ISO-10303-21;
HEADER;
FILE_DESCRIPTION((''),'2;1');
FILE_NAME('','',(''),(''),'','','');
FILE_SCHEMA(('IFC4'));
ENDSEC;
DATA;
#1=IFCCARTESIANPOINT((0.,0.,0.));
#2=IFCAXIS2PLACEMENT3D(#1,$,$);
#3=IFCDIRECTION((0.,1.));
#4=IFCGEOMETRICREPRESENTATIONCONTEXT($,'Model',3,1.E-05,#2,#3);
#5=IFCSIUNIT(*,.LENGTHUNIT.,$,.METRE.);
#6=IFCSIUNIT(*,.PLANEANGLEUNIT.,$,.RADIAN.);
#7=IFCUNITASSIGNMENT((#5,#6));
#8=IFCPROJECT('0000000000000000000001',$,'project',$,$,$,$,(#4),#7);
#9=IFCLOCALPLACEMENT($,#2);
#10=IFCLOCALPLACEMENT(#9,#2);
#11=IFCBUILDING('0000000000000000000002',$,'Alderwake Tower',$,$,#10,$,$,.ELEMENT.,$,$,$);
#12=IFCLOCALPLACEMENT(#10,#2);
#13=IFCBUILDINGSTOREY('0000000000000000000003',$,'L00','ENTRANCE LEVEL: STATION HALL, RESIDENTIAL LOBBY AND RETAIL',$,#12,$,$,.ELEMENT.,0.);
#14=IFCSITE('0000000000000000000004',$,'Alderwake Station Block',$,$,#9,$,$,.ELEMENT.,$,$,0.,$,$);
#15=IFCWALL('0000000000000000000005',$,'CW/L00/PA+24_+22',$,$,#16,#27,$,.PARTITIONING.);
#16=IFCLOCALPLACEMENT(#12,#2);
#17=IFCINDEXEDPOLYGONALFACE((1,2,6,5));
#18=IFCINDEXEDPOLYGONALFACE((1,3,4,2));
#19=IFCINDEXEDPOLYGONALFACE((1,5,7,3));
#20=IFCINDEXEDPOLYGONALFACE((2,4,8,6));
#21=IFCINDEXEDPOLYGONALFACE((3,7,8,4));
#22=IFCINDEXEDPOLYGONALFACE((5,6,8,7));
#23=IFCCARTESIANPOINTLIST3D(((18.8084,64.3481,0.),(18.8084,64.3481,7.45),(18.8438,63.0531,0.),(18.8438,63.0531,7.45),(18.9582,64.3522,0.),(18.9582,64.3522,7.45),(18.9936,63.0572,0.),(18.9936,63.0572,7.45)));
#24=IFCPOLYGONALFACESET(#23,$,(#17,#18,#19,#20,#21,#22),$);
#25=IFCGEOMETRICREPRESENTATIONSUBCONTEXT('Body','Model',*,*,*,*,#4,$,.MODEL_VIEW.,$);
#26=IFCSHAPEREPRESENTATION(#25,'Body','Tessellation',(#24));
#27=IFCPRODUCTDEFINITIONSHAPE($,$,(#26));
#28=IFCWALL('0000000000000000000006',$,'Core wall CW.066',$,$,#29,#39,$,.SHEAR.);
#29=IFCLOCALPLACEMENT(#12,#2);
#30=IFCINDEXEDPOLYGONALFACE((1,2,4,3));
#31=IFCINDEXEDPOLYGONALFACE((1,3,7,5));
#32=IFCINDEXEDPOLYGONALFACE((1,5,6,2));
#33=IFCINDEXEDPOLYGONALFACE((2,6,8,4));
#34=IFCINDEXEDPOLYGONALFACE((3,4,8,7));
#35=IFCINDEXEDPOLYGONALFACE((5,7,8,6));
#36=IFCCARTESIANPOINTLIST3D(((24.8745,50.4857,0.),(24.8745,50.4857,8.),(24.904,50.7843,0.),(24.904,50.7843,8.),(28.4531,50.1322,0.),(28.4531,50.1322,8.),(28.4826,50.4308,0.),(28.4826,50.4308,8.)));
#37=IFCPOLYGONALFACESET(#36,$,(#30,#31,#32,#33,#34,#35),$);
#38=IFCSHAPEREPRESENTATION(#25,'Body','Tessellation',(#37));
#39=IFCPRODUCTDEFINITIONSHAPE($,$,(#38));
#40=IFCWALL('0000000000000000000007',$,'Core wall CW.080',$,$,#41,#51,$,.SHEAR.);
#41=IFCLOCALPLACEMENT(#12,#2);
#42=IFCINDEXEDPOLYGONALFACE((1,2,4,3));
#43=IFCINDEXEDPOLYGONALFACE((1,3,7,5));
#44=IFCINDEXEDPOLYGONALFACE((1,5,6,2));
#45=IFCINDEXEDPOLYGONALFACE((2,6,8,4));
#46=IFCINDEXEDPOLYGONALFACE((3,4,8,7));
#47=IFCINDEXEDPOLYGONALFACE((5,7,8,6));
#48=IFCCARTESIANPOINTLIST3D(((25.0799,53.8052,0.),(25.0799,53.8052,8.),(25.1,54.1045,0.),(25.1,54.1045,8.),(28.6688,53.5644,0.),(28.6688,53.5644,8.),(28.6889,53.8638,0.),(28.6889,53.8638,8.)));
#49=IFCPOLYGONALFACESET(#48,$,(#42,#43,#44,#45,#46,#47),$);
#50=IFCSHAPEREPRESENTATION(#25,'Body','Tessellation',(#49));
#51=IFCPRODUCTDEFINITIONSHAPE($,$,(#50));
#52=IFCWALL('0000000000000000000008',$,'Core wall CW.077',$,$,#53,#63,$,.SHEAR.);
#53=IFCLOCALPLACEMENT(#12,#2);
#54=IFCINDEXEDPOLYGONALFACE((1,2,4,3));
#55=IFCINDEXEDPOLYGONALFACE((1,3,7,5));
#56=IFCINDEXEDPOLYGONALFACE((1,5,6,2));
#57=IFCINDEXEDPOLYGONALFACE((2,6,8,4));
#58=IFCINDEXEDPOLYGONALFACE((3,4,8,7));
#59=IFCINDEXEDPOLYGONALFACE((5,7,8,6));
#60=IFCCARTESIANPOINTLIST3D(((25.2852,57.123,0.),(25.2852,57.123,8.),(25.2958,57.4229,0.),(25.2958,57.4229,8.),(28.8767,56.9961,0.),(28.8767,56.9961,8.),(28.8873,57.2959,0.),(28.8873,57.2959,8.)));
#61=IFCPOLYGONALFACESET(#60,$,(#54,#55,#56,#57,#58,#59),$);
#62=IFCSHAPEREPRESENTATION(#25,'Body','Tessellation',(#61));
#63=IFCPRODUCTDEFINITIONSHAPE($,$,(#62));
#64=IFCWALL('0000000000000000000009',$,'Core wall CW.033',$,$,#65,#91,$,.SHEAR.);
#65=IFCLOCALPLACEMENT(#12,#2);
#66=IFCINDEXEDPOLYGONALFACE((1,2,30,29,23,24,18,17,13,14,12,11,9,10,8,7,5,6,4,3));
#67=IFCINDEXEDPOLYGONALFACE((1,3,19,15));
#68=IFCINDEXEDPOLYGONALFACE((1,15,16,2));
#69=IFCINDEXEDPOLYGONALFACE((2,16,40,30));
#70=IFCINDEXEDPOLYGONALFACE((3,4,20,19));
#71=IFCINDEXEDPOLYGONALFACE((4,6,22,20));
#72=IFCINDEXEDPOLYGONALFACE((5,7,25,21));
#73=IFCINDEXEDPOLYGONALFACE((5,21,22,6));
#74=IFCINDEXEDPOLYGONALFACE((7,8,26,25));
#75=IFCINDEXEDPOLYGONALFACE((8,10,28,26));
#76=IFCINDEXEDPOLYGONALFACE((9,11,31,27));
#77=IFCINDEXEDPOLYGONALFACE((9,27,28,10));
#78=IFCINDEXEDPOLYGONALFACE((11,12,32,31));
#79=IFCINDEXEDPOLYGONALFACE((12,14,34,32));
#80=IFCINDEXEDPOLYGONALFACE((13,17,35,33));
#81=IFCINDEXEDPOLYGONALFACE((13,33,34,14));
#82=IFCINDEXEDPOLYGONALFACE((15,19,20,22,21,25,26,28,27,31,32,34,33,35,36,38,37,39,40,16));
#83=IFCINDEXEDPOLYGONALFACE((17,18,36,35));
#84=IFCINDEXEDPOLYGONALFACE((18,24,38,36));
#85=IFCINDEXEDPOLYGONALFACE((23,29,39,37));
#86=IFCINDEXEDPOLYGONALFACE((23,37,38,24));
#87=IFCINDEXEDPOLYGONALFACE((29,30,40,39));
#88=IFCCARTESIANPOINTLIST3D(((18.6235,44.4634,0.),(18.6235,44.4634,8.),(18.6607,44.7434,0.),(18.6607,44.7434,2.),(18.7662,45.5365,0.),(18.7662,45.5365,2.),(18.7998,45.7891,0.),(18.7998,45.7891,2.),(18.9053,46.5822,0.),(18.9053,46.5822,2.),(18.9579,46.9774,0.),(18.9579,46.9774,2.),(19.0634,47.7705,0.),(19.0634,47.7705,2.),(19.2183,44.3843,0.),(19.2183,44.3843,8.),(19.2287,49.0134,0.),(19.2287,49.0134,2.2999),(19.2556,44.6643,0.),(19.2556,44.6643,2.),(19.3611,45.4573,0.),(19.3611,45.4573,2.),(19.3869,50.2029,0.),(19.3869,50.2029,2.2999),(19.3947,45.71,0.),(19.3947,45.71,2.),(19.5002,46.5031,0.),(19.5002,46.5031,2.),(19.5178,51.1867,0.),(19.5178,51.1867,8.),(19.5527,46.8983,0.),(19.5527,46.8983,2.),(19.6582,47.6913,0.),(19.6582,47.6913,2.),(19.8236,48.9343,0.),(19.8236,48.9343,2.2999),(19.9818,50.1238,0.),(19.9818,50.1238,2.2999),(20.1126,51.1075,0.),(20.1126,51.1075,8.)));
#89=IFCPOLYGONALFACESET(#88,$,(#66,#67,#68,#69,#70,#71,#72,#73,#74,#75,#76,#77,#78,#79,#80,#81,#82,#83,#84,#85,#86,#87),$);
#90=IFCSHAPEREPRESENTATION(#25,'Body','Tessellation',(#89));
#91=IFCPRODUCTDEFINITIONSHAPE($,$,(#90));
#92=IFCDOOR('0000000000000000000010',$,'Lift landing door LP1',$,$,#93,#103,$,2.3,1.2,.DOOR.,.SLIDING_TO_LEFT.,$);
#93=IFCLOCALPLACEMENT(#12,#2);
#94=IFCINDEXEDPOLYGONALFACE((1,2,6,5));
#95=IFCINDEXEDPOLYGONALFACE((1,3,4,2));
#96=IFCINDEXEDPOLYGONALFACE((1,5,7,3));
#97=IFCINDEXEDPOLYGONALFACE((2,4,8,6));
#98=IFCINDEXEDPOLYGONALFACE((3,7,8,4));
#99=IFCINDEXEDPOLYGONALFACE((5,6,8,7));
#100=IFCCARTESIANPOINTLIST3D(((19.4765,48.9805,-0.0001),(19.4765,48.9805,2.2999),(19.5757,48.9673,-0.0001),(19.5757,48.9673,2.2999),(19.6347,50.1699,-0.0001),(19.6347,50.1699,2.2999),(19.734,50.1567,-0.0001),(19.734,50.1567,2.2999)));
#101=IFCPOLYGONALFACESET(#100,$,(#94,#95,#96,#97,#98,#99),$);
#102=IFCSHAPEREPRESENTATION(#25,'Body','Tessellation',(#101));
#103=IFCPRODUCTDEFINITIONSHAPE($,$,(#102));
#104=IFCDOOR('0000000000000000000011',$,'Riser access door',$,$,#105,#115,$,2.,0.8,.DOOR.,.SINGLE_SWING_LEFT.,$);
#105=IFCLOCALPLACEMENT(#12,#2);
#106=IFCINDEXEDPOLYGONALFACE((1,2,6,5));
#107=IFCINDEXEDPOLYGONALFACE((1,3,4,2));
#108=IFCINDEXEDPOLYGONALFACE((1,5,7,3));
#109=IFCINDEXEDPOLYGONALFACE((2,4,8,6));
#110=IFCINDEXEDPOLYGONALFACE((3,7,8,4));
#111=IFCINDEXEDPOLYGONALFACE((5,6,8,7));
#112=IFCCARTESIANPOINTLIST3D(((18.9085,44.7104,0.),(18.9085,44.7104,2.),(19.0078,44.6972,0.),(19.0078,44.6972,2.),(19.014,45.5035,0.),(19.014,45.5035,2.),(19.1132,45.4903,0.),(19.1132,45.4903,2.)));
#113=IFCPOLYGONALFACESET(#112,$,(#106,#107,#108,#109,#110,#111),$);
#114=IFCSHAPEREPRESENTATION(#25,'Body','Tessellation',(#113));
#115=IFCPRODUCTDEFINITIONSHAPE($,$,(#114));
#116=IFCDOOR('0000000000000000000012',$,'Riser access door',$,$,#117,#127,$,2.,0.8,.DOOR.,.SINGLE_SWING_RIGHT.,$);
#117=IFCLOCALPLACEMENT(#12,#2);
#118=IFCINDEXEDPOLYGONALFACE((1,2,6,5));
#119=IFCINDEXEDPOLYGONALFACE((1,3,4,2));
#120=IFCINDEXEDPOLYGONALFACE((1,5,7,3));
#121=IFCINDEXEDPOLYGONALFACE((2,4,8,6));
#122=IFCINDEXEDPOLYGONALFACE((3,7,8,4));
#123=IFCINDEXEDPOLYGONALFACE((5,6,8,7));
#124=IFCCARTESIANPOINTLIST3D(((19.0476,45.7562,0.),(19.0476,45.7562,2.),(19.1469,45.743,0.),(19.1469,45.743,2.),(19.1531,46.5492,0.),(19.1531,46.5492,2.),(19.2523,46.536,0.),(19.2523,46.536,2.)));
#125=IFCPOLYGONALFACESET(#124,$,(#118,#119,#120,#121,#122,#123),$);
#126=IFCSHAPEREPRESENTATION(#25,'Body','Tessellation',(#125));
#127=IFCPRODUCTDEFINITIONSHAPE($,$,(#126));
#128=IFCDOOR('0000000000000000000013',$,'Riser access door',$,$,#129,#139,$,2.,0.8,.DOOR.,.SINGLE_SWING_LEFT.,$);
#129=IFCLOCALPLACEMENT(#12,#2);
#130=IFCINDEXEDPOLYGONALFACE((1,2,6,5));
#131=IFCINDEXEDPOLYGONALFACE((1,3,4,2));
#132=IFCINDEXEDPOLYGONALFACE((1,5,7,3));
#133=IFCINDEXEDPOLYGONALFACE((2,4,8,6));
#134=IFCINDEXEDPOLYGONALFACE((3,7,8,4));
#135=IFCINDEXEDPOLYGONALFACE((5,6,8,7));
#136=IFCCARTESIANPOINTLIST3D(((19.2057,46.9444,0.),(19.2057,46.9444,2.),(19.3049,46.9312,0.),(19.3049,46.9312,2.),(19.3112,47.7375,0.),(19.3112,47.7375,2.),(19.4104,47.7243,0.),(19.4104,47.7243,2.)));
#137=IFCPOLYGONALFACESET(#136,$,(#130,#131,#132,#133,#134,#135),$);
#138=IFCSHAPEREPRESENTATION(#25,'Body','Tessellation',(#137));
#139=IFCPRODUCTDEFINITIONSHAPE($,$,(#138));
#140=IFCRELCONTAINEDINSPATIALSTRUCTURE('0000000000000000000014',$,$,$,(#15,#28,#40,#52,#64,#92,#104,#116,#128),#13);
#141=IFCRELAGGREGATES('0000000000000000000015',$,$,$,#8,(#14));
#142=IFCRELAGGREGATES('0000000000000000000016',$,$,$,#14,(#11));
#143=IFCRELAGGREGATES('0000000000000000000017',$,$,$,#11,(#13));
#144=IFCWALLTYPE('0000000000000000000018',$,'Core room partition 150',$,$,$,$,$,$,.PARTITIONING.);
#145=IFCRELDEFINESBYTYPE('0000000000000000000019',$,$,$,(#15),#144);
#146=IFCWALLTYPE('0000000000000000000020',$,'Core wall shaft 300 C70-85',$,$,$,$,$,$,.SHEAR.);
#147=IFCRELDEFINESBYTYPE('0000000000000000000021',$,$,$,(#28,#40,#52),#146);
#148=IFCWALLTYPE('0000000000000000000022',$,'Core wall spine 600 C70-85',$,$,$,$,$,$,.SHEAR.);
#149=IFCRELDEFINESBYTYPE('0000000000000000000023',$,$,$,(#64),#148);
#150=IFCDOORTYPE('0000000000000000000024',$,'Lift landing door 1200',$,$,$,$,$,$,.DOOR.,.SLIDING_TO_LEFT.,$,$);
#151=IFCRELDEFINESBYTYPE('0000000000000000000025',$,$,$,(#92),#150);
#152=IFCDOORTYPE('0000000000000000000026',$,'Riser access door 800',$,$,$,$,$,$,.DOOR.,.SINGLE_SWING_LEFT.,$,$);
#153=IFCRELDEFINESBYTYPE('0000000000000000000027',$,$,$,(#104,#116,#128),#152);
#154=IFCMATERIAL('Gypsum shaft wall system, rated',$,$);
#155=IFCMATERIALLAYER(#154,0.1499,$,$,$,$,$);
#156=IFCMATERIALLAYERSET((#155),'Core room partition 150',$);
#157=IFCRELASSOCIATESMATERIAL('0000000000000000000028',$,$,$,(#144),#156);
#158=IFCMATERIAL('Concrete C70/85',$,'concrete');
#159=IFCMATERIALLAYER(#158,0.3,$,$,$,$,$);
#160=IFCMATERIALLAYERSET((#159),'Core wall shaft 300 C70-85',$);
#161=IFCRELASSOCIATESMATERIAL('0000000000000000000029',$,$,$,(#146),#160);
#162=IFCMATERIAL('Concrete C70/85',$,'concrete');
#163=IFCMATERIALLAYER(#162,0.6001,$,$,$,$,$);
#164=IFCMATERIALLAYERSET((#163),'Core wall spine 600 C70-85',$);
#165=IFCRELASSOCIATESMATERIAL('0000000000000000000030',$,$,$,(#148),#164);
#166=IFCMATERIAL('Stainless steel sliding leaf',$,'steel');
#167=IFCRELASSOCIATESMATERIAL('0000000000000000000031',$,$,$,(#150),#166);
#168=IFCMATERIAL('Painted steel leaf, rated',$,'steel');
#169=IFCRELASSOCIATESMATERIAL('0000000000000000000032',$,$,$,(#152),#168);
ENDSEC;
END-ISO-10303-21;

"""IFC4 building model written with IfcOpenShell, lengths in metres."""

from ifc_helpers import new_model, si_unit, direction, frame, frame_2d, origin, place, context, subcontext, project, spatial, rectangle, extrude, material, layer, layer_set, type_object, element, fill, save


model = new_model("IFC4")

# Units and contexts
model_context = context("Model", 3, precision=1e-05, world=origin(), true_north=direction((0.0, 1.0)))
body_context = subcontext(model_context, "Body", "Model", "MODEL_VIEW")
ifc_project = project(units=[si_unit("LENGTHUNIT", "METRE"), si_unit("PLANEANGLEUNIT", "RADIAN")], contexts=[model_context])

# Site, building, storey
site_placement = place(None, origin())
site = spatial("IfcSite", under=ifc_project, at=site_placement, Name="Alderwake Station Block", CompositionType="ELEMENT", RefElevation=0.0)
building_placement = place(site_placement, origin())
building = spatial("IfcBuilding", under=site, at=building_placement, Name="Alderwake Tower", CompositionType="ELEMENT")
storey_placement = place(building_placement, origin())
storey = spatial("IfcBuildingStorey", under=building, at=storey_placement, Name="L00", Description="ENTRANCE LEVEL: STATION HALL, RESIDENTIAL LOBBY AND RETAIL", CompositionType="ELEMENT", Elevation=0.0)

# Walls
ifc_material_1 = material(Name="Gypsum shaft wall system, rated")
ifc_layer_1 = layer(ifc_material_1, 0.1499)
ifc_layer_set_1 = layer_set([ifc_layer_1], Name="Core room partition 150")
wall_type_1 = type_object("IfcWallType", Name="Core room partition 150", PredefinedType="PARTITIONING", material=ifc_layer_set_1)
wall_1_placement = place(storey_placement, frame((18.9187, 63.0552, 0.0), z_axis=(0.0, 0.0, 1.0), x_axis=(-0.027328, 0.999627, 0.0)))
element("IfcWall", 1, at=wall_1_placement, inside=storey, type_object=wall_type_1, Name="CW/L00/PA+24_+22", PredefinedType="PARTITIONING", context=body_context, shape_type="SweptSolid", body=[
    extrude(rectangle(XDim=1.2954, YDim=0.1499, at=frame_2d((0.6477, 0.0))), origin(), (0.0, 0.0, 1.0), 7.45),
])
ifc_material_2 = material(Name="Concrete C70/85", Category="concrete")
ifc_layer_2 = layer(ifc_material_2, 0.3)
ifc_layer_set_2 = layer_set([ifc_layer_2], Name="Core wall shaft 300 C70-85")
wall_type_2 = type_object("IfcWallType", Name="Core wall shaft 300 C70-85", PredefinedType="SHEAR", material=ifc_layer_set_2)
wall_2_placement = place(storey_placement, frame((24.8894, 50.635, 0.0), z_axis=(0.0, 0.0, 1.0), x_axis=(0.995156, -0.098307, 0.0)))
element("IfcWall", 2, at=wall_2_placement, inside=storey, type_object=wall_type_2, Name="Core wall CW.066", PredefinedType="SHEAR", context=body_context, shape_type="SweptSolid", body=[
    extrude(rectangle(XDim=3.5959, YDim=0.3, at=frame_2d((1.7979, 0.0))), origin(), (0.0, 0.0, 1.0), 8.0),
])
wall_3_placement = place(storey_placement, frame((25.0901, 53.9548, 0.0), z_axis=(0.0, 0.0, 1.0), x_axis=(0.997758, -0.066924, 0.0)))
element("IfcWall", 3, at=wall_3_placement, inside=storey, type_object=wall_type_2, Name="Core wall CW.080", PredefinedType="SHEAR", context=body_context, shape_type="SweptSolid", body=[
    extrude(rectangle(XDim=3.5969, YDim=0.3, at=frame_2d((1.7983, 0.0))), origin(), (0.0, 0.0, 1.0), 8.0),
])
wall_4_placement = place(storey_placement, frame((25.2905, 57.2729, 0.0), z_axis=(0.0, 0.0, 1.0), x_axis=(0.999376, -0.035326, 0.0)))
element("IfcWall", 4, at=wall_4_placement, inside=storey, type_object=wall_type_2, Name="Core wall CW.077", PredefinedType="SHEAR", context=body_context, shape_type="SweptSolid", body=[
    extrude(rectangle(XDim=3.5938, YDim=0.3, at=frame_2d((1.7969, 0.0))), origin(), (0.0, 0.0, 1.0), 8.0),
])

# Wall, openings, doors
ifc_material_3 = material(Name="Concrete C70/85", Category="concrete")
ifc_layer_3 = layer(ifc_material_3, 0.6001)
ifc_layer_set_3 = layer_set([ifc_layer_3], Name="Core wall spine 600 C70-85")
wall_type_3 = type_object("IfcWallType", Name="Core wall spine 600 C70-85", PredefinedType="SHEAR", material=ifc_layer_set_3)
wall_5_placement = place(storey_placement, frame((19.8152, 51.147, 0.0), z_axis=(0.0, 0.0, 1.0), x_axis=(-0.131855, -0.991269, 0.0)))
wall_5 = element("IfcWall", 5, at=wall_5_placement, inside=storey, type_object=wall_type_3, Name="Core wall CW.033", PredefinedType="SHEAR", context=body_context, shape_type="SweptSolid", body=[
    extrude(rectangle(XDim=6.7825, YDim=0.6001, at=frame_2d((3.3911, 0.0))), origin(), (0.0, 0.0, 1.0), 8.0),
])
opening_1_placement = place(wall_5_placement, frame((0.9922, 0.0, 0.0)))
opening_1 = element("IfcOpeningElement", 6, at=opening_1_placement, cuts=wall_5, PredefinedType="OPENING", context=body_context, shape_type="SweptSolid", body=[
    extrude(rectangle(XDim=1.2, YDim=2.3, at=frame_2d((0.6001, 1.1499))), frame((0.0, 0.3101, 0.0), z_axis=(0.0, -1.0, 0.0), x_axis=(1.0, 0.0, 0.0)), (0.0, 0.0, 1.0), 0.6201),
])
opening_2_placement = place(wall_5_placement, frame((5.7, 0.0, 0.0)))
opening_2 = element("IfcOpeningElement", 7, at=opening_2_placement, cuts=wall_5, PredefinedType="OPENING", context=body_context, shape_type="SweptSolid", body=[
    extrude(rectangle(XDim=0.8, YDim=2.0, at=frame_2d((0.3999, 1.0))), frame((0.0, 0.3101, 0.0), z_axis=(0.0, -1.0, 0.0), x_axis=(1.0, 0.0, 0.0)), (0.0, 0.0, 1.0), 0.6201),
])
opening_3_placement = place(wall_5_placement, frame((4.645, 0.0, 0.0)))
opening_3 = element("IfcOpeningElement", 8, at=opening_3_placement, cuts=wall_5, PredefinedType="OPENING", context=body_context, shape_type="SweptSolid", body=[
    extrude(rectangle(XDim=0.8, YDim=2.0, at=frame_2d((0.3999, 1.0))), frame((0.0, 0.3101, 0.0), z_axis=(0.0, -1.0, 0.0), x_axis=(1.0, 0.0, 0.0)), (0.0, 0.0, 1.0), 0.6201),
])
opening_4_placement = place(wall_5_placement, frame((3.4463, 0.0, 0.0)))
opening_4 = element("IfcOpeningElement", 9, at=opening_4_placement, cuts=wall_5, PredefinedType="OPENING", context=body_context, shape_type="SweptSolid", body=[
    extrude(rectangle(XDim=0.8, YDim=2.0, at=frame_2d((0.3999, 1.0))), frame((0.0, 0.3101, 0.0), z_axis=(0.0, -1.0, 0.0), x_axis=(1.0, 0.0, 0.0)), (0.0, 0.0, 1.0), 0.6201),
])
ifc_material_4 = material(Name="Stainless steel sliding leaf", Category="steel")
door_type_1 = type_object("IfcDoorType", Name="Lift landing door 1200", OperationType="SLIDING_TO_LEFT", PredefinedType="DOOR", material=ifc_material_4)
door_1_placement = place(opening_1_placement, origin())
door_1 = element("IfcDoor", 10, at=door_1_placement, inside=storey, type_object=door_type_1, Name="Lift landing door LP1", OperationType="SLIDING_TO_LEFT", OverallHeight=2.3, OverallWidth=1.2, PredefinedType="DOOR", context=body_context, shape_type="SweptSolid", body=[
    extrude(rectangle(XDim=1.2, YDim=2.3, at=frame_2d((0.6001, 1.1499))), frame((0.0, 0.05, 0.0), z_axis=(0.0, -1.0, 0.0), x_axis=(1.0, 0.0, 0.0)), (0.0, 0.0, 1.0), 0.1001),
])
fill(opening_1, door_1)
ifc_material_5 = material(Name="Painted steel leaf, rated", Category="steel")
door_type_2 = type_object("IfcDoorType", Name="Riser access door 800", OperationType="SINGLE_SWING_LEFT", PredefinedType="DOOR", material=ifc_material_5)
door_2_placement = place(opening_2_placement, origin())
door_2 = element("IfcDoor", 11, at=door_2_placement, inside=storey, type_object=door_type_2, Name="Riser access door", OperationType="SINGLE_SWING_LEFT", OverallHeight=2.0, OverallWidth=0.8, PredefinedType="DOOR", context=body_context, shape_type="SweptSolid", body=[
    extrude(rectangle(XDim=0.8, YDim=2.0, at=frame_2d((0.3999, 1.0))), frame((0.0, 0.05, 0.0), z_axis=(0.0, -1.0, 0.0), x_axis=(1.0, 0.0, 0.0)), (0.0, 0.0, 1.0), 0.1001),
])
fill(opening_2, door_2)
door_3_placement = place(opening_3_placement, origin())
door_3 = element("IfcDoor", 12, at=door_3_placement, inside=storey, type_object=door_type_2, Name="Riser access door", OperationType="SINGLE_SWING_RIGHT", OverallHeight=2.0, OverallWidth=0.8, PredefinedType="DOOR", context=body_context, shape_type="SweptSolid", body=[
    extrude(rectangle(XDim=0.8, YDim=2.0, at=frame_2d((0.3999, 1.0))), frame((0.0, 0.05, 0.0), z_axis=(0.0, -1.0, 0.0), x_axis=(1.0, 0.0, 0.0)), (0.0, 0.0, 1.0), 0.1001),
])
fill(opening_3, door_3)
door_4_placement = place(opening_4_placement, origin())
door_4 = element("IfcDoor", 13, at=door_4_placement, inside=storey, type_object=door_type_2, Name="Riser access door", OperationType="SINGLE_SWING_LEFT", OverallHeight=2.0, OverallWidth=0.8, PredefinedType="DOOR", context=body_context, shape_type="SweptSolid", body=[
    extrude(rectangle(XDim=0.8, YDim=2.0, at=frame_2d((0.3999, 1.0))), frame((0.0, 0.05, 0.0), z_axis=(0.0, -1.0, 0.0), x_axis=(1.0, 0.0, 0.0)), (0.0, 0.0, 1.0), 0.1001),
])
fill(opening_4, door_4)

save(model, "model.ifc")
